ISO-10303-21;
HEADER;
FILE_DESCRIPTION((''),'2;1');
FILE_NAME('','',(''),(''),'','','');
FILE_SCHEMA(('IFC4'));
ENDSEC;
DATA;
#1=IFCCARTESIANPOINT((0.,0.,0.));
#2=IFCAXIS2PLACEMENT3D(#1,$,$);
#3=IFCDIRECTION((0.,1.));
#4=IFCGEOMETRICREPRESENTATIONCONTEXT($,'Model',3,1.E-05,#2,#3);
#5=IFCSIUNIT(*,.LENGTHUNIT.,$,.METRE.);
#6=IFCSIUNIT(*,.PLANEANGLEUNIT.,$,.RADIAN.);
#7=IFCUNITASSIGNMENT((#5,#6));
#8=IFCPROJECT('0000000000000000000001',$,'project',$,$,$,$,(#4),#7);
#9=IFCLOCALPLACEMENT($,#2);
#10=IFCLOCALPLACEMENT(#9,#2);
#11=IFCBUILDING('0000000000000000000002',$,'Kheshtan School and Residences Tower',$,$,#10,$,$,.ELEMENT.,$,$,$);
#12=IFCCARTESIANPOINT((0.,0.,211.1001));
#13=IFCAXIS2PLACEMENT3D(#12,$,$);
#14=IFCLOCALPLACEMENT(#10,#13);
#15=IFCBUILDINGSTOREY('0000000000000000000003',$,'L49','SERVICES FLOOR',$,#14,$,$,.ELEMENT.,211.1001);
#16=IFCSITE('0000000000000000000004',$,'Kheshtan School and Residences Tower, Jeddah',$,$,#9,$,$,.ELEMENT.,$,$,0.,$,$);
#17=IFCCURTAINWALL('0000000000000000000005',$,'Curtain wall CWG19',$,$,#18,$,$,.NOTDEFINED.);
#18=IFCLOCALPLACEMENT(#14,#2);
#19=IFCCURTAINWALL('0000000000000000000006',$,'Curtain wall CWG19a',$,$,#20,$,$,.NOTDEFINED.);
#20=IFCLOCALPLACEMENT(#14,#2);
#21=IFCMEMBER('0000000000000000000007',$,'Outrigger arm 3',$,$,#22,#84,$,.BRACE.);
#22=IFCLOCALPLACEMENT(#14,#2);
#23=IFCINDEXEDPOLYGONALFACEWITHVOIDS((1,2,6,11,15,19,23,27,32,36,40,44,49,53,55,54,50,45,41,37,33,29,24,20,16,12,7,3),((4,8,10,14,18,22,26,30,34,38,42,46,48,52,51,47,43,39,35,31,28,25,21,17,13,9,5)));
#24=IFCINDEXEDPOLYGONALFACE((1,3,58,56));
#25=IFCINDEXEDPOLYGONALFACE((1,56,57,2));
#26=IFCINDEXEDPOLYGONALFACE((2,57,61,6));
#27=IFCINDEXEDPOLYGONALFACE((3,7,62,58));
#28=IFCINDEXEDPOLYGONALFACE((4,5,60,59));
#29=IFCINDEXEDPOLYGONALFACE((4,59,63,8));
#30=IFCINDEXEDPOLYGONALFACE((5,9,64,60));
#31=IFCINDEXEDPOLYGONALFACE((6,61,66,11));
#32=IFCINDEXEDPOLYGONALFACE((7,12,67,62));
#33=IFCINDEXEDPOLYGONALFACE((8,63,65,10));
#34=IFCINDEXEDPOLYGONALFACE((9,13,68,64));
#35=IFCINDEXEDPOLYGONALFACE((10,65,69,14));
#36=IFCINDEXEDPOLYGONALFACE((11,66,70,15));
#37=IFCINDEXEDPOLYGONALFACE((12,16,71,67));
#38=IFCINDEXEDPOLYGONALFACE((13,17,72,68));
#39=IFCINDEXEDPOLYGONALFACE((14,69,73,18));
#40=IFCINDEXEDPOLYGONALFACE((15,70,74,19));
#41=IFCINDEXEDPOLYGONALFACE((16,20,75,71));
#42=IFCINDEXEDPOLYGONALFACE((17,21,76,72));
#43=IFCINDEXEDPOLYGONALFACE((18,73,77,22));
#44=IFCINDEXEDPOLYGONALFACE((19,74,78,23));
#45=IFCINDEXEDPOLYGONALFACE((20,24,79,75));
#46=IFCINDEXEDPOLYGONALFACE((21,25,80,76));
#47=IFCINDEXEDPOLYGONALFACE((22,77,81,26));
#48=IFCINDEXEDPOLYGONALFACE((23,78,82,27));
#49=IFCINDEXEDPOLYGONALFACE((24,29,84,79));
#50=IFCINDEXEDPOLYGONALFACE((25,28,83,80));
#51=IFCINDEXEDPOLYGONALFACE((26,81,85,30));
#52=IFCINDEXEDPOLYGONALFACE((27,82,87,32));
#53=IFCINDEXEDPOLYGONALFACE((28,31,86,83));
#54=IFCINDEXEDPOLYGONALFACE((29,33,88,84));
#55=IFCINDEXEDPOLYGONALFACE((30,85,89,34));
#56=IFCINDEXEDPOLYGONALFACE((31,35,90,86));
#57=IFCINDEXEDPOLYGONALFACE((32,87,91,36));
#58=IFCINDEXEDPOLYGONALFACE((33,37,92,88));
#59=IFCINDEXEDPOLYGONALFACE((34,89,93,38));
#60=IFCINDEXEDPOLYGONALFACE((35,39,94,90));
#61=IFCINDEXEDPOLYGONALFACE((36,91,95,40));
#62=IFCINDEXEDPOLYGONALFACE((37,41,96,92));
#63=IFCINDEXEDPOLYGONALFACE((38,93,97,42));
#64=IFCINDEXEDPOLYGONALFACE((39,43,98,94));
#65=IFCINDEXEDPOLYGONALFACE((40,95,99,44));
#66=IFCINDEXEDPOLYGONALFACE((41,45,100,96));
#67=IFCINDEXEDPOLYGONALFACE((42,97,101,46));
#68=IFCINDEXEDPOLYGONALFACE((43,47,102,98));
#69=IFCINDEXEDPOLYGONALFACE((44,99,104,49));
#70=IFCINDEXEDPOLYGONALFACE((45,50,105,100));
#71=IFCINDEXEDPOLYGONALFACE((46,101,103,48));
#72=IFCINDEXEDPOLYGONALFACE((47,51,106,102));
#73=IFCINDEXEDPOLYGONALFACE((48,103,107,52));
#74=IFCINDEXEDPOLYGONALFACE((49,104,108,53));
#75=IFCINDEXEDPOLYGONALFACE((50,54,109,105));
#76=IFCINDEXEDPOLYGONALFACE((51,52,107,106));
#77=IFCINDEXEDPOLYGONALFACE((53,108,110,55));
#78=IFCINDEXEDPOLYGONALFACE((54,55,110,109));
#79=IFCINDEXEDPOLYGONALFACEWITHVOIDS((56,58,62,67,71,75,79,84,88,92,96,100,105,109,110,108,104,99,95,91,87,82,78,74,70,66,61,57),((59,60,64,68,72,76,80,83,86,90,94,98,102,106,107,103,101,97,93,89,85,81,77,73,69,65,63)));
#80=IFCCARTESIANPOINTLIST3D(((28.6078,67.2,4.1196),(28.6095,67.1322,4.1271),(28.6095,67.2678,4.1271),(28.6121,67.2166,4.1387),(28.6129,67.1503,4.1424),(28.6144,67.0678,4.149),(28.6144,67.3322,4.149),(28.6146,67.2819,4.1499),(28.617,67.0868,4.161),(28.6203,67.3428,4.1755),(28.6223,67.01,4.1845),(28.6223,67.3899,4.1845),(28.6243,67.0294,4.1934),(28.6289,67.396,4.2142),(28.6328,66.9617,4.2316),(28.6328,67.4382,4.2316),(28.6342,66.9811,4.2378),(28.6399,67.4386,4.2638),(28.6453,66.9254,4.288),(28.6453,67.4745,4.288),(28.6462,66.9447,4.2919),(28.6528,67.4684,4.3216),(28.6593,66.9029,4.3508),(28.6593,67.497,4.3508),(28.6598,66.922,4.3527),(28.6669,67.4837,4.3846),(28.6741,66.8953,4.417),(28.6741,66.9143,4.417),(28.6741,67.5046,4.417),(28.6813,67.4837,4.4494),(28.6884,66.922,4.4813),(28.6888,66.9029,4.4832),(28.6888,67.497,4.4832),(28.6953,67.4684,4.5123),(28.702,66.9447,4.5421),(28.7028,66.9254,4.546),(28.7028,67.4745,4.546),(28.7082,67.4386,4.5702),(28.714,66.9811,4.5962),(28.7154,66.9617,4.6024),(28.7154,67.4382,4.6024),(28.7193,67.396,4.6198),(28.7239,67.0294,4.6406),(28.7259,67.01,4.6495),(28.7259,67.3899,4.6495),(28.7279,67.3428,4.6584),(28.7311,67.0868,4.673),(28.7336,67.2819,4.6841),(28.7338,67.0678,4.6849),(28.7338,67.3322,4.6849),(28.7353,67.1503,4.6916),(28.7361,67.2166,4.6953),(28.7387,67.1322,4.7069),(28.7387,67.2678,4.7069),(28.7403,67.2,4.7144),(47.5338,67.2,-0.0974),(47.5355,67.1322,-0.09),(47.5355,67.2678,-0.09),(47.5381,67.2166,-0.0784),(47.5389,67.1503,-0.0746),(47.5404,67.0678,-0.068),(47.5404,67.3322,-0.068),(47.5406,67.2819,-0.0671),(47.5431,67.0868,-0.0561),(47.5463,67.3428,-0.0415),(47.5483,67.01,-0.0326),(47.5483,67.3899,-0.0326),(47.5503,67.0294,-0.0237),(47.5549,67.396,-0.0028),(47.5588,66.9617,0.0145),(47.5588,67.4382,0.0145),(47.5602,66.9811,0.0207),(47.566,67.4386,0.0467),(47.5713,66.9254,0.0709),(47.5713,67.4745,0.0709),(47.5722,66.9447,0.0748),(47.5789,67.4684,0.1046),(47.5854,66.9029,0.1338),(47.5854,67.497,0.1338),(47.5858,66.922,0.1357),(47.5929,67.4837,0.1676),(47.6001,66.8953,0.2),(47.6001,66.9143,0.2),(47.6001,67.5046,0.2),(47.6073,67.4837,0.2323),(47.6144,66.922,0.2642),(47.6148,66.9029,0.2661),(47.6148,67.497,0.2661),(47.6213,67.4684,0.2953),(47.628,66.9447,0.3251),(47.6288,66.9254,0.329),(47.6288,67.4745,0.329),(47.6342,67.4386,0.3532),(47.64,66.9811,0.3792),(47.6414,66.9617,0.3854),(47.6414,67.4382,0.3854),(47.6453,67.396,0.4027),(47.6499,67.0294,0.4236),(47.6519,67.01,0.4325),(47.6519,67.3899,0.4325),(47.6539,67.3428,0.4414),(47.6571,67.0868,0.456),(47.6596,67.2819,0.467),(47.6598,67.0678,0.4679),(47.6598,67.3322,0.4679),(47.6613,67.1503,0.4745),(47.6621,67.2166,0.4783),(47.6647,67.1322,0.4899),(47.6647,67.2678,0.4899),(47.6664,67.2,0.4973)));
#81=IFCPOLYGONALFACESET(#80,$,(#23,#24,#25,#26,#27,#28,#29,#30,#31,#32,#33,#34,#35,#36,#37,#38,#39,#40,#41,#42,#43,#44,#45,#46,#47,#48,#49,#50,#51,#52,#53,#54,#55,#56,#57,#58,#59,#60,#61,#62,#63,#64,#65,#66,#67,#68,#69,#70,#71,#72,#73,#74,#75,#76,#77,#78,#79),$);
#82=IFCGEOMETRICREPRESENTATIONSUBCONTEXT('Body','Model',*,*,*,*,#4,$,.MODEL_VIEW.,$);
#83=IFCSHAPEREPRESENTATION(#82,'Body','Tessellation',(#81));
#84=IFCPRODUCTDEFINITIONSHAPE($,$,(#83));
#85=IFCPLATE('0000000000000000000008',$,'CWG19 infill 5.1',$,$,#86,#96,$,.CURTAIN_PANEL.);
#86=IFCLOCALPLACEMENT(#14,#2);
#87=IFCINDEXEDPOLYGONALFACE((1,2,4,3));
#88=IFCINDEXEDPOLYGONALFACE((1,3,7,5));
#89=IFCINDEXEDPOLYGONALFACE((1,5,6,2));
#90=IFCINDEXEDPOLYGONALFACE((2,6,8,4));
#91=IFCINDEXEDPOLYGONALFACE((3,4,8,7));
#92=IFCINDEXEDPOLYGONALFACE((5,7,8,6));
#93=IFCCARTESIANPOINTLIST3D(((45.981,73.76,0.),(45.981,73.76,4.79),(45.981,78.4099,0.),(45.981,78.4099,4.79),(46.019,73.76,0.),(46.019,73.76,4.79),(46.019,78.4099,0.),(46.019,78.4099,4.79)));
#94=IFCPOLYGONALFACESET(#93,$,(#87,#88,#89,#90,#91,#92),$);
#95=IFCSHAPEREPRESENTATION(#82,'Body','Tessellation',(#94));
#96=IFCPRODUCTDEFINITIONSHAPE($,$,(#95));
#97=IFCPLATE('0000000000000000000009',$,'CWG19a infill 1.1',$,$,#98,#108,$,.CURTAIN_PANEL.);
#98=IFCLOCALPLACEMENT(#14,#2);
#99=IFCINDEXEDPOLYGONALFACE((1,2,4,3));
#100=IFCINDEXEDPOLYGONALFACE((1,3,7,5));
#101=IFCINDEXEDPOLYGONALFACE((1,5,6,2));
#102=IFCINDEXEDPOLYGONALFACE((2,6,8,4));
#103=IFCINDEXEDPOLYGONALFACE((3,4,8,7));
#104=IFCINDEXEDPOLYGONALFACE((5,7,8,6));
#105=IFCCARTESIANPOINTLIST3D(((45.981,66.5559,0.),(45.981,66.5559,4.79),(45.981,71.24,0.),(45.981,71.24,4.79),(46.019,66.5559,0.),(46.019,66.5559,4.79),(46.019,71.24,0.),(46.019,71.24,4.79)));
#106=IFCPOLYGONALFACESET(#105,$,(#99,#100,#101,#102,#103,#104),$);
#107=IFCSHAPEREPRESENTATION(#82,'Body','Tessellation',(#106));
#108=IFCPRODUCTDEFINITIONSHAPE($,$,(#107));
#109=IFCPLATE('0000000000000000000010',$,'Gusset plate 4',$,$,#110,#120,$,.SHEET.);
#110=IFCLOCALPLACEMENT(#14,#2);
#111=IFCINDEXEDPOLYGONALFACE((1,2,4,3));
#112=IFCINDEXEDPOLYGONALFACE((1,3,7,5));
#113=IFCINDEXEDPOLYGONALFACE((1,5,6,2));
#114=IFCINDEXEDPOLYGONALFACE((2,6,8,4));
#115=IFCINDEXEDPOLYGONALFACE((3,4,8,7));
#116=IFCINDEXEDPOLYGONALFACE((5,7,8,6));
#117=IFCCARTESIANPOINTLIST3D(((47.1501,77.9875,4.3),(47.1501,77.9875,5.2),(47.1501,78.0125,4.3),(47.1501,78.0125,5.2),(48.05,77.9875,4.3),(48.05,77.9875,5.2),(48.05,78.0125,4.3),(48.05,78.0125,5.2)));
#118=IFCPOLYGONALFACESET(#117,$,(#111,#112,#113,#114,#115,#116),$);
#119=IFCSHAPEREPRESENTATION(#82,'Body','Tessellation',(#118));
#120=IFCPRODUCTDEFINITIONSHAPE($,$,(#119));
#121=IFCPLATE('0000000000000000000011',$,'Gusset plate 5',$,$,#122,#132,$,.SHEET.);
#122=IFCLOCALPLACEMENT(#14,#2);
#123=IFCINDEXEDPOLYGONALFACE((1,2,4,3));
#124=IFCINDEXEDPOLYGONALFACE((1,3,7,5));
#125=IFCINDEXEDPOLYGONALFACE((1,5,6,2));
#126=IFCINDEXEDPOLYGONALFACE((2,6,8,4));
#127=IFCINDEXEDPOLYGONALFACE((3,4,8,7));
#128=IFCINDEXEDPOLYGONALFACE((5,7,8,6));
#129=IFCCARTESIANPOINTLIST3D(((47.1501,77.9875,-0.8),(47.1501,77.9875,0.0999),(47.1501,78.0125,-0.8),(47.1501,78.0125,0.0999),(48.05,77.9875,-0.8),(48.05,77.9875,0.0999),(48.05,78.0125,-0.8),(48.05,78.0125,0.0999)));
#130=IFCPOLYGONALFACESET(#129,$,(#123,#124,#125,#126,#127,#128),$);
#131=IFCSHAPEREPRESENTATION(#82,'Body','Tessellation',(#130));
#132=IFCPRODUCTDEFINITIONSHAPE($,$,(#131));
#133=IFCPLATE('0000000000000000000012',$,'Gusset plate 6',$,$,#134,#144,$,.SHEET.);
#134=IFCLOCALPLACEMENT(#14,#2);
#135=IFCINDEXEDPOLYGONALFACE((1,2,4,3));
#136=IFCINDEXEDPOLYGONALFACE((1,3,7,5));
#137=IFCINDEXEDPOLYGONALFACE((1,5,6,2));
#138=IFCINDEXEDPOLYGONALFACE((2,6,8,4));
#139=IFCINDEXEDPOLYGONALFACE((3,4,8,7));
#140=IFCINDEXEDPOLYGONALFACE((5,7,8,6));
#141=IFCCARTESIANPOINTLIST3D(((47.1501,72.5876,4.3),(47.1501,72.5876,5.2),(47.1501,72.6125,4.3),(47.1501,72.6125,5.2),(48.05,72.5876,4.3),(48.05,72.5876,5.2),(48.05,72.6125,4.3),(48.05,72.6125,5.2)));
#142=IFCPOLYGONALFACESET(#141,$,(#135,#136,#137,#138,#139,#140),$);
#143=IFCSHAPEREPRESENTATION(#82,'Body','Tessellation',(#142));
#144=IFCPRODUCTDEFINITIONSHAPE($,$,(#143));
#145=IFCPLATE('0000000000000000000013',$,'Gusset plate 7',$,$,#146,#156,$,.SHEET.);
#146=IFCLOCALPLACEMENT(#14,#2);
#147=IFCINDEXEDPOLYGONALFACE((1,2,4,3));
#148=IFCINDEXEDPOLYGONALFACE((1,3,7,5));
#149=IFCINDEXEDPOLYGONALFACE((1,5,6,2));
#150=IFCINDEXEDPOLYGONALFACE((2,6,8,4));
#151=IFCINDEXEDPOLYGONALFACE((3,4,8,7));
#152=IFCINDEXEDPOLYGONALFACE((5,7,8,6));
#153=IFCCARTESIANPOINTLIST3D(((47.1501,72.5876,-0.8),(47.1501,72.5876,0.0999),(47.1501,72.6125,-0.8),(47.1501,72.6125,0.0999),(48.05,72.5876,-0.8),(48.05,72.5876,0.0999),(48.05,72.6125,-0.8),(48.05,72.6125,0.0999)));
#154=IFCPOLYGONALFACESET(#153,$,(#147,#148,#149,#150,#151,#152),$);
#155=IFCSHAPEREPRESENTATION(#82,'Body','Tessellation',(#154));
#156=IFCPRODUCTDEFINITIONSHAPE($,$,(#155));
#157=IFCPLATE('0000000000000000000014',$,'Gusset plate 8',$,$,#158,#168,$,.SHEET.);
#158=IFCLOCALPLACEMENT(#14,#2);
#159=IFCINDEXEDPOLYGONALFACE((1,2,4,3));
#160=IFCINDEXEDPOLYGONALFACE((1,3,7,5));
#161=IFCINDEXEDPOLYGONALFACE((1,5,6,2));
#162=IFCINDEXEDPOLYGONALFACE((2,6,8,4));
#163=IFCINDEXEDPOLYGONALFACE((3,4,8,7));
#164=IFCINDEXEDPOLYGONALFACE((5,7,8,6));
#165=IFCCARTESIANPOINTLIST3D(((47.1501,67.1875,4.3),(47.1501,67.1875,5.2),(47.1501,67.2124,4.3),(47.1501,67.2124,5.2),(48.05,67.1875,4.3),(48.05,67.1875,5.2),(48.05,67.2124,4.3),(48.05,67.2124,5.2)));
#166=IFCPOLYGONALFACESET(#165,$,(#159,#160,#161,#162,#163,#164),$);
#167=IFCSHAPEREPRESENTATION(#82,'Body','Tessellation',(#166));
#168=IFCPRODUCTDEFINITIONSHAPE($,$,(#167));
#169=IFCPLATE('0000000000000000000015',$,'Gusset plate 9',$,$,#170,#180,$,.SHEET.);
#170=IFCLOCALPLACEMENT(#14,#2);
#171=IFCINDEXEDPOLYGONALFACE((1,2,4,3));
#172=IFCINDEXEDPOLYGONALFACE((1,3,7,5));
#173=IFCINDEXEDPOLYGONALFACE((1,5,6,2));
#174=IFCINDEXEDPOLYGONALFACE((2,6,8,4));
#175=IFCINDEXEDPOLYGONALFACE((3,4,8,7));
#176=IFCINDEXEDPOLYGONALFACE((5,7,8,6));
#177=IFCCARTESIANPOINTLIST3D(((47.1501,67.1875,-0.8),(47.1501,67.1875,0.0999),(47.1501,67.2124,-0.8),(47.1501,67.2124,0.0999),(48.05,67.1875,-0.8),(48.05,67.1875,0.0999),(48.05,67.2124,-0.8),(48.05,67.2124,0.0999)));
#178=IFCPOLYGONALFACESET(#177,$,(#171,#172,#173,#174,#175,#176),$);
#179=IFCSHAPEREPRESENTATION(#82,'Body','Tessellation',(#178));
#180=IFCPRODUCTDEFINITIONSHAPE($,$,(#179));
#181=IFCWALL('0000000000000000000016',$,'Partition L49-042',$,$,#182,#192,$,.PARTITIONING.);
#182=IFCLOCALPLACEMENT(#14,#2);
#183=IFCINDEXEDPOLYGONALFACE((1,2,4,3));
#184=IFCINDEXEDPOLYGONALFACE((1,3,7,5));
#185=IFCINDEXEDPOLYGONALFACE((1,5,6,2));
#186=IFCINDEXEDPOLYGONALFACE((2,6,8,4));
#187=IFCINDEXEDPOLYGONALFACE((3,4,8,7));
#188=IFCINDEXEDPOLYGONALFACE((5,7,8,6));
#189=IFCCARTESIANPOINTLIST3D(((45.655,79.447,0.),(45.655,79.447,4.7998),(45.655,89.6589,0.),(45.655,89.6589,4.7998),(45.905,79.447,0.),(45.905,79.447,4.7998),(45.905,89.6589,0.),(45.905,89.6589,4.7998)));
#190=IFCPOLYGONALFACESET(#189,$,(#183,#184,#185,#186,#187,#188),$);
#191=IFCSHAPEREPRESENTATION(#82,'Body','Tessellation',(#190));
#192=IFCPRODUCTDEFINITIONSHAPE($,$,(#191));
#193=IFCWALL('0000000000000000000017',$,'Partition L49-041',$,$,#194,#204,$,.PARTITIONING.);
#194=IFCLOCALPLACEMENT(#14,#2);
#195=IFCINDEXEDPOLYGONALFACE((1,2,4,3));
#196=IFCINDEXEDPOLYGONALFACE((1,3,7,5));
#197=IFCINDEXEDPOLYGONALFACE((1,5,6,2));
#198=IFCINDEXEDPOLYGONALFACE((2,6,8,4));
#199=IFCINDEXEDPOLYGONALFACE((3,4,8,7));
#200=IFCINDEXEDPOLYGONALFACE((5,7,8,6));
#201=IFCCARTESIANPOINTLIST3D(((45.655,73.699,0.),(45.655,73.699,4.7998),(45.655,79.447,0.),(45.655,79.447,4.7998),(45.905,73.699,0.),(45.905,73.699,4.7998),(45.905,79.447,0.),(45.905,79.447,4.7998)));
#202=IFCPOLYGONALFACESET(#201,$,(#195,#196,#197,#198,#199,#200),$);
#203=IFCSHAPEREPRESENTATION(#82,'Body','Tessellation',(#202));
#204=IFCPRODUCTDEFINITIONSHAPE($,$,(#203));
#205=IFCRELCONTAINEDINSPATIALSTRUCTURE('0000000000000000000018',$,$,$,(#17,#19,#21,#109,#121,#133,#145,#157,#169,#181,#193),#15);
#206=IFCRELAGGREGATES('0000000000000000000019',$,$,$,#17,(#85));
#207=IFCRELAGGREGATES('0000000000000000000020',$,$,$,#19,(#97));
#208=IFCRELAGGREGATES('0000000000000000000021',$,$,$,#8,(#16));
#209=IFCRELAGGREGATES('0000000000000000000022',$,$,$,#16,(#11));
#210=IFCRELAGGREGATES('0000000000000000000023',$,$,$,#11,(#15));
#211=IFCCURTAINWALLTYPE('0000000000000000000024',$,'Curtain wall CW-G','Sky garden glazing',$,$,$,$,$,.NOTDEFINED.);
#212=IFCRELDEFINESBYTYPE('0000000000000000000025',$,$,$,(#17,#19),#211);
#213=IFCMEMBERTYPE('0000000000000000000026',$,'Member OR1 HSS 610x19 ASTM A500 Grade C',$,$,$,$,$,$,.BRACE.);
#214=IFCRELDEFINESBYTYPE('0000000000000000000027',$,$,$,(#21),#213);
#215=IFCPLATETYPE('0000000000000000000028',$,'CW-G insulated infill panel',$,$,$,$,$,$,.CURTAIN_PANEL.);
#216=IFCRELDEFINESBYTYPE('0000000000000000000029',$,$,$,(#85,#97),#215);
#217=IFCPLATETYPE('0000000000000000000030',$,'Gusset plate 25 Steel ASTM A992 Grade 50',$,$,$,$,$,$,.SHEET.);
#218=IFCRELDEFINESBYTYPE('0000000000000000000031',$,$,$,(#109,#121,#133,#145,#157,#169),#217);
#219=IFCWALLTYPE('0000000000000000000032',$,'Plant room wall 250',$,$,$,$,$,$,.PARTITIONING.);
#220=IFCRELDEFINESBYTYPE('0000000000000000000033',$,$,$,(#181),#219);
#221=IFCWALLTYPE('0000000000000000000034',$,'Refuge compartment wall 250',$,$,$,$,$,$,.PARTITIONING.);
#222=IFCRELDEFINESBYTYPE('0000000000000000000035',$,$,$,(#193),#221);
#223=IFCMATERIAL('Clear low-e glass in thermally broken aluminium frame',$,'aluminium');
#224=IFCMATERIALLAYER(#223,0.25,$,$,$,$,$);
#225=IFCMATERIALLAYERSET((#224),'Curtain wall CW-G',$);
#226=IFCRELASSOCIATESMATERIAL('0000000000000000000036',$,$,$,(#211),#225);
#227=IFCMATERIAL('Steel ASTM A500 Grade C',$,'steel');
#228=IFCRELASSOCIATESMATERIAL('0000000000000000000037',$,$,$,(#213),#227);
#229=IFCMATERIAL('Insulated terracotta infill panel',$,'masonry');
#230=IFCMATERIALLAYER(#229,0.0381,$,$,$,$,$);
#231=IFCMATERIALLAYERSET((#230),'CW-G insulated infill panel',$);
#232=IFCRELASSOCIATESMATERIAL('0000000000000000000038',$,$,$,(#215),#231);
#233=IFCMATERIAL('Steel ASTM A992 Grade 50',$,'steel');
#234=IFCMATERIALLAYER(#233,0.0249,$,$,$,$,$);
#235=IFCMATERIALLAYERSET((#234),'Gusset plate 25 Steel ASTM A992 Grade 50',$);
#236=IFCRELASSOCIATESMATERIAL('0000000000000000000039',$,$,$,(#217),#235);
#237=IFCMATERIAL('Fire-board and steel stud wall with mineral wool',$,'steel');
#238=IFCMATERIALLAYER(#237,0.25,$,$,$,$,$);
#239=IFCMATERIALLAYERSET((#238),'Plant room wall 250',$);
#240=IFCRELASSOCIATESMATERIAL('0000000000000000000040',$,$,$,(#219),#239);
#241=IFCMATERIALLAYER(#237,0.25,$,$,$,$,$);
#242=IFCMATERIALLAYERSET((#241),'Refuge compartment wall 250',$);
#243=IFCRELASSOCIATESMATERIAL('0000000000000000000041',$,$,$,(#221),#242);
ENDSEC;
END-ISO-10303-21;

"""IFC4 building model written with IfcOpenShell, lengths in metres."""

from ifc_helpers import new_model, si_unit, direction, frame, frame_2d, origin, origin_2d, place, context, subcontext, project, spatial, rectangle, hollow_circle, extrude, material, layer, layer_set, material_profile, profile_set, type_object, element, aggregate, save


model = new_model("IFC4")

# Units and contexts
model_context = context("Model", 3, precision=1e-05, world=origin(), true_north=direction((0.0, 1.0)))
body_context = subcontext(model_context, "Body", "Model", "MODEL_VIEW")
ifc_project = project(units=[si_unit("LENGTHUNIT", "METRE"), si_unit("PLANEANGLEUNIT", "RADIAN")], contexts=[model_context])

# Site, building, storey
site_placement = place(None, origin())
site = spatial("IfcSite", under=ifc_project, at=site_placement, Name="Kheshtan School and Residences Tower, Jeddah", CompositionType="ELEMENT", RefElevation=0.0)
building_placement = place(site_placement, origin())
building = spatial("IfcBuilding", under=site, at=building_placement, Name="Kheshtan School and Residences Tower", CompositionType="ELEMENT")
storey_placement = place(building_placement, frame((0.0, 0.0, 211.1001)))
storey = spatial("IfcBuildingStorey", under=building, at=storey_placement, Name="L49", Description="SERVICES FLOOR", CompositionType="ELEMENT", Elevation=211.1001)

# Shared definitions
ifc_material_1 = material(Name="Steel ASTM A992 Grade 50", Category="steel")

# Curtain walls
ifc_material_2 = material(Name="Clear low-e glass in thermally broken aluminium frame", Category="aluminium")
ifc_layer_1 = layer(ifc_material_2, 0.25)
ifc_layer_set_1 = layer_set([ifc_layer_1], Name="Curtain wall CW-G")
curtain_wall_type = type_object("IfcCurtainWallType", Name="Curtain wall CW-G", Description="Sky garden glazing", PredefinedType="NOTDEFINED", material=ifc_layer_set_1)
curtain_wall_1_placement = place(storey_placement, origin())
curtain_wall_1 = element("IfcCurtainWall", 1, at=curtain_wall_1_placement, inside=storey, type_object=curtain_wall_type, Name="Curtain wall CWG19", PredefinedType="NOTDEFINED")
curtain_wall_2_placement = place(storey_placement, origin())
curtain_wall_2 = element("IfcCurtainWall", 2, at=curtain_wall_2_placement, inside=storey, type_object=curtain_wall_type, Name="Curtain wall CWG19a", PredefinedType="NOTDEFINED")

# Member
ifc_material_3 = material(Name="Steel ASTM A500 Grade C", Category="steel")
ifc_material_profile_1 = material_profile(ifc_material_3, hollow_circle(Radius=0.3047, WallThickness=0.019, at=origin_2d()), Name="HSS 610x19")
ifc_profile_set_1 = profile_set([ifc_material_profile_1], Name="Steel ASTM A500 Grade C")
member_type_1 = type_object("IfcMemberType", Name="Member OR1 HSS 610x19 ASTM A500 Grade C", PredefinedType="BRACE", material=ifc_profile_set_1)
member_1_placement = place(storey_placement, frame((47.6001, 67.2, 0.2), z_axis=(-0.976064, 0.0, 0.217484), x_axis=(0.0, -1.0, 0.0)))
element("IfcMember", 3, at=member_1_placement, inside=storey, type_object=member_type_1, Name="Outrigger arm 3", PredefinedType="BRACE", context=body_context, shape_type="SweptSolid", body=[
    extrude(hollow_circle(Radius=0.3047, WallThickness=0.019, at=origin_2d()), origin(), (0.0, 0.0, 1.0), 19.3901),
])

# Plates
ifc_material_4 = material(Name="Insulated terracotta infill panel", Category="masonry")
ifc_layer_2 = layer(ifc_material_4, 0.0381)
ifc_layer_set_2 = layer_set([ifc_layer_2], Name="CW-G insulated infill panel")
plate_type_1 = type_object("IfcPlateType", Name="CW-G insulated infill panel", PredefinedType="CURTAIN_PANEL", material=ifc_layer_set_2)
plate_1_placement = place(storey_placement, frame((46.0, 76.085, 0.0), z_axis=(0.0, 0.0, 1.0), x_axis=(0.0, -1.0, 0.0)))
plate_1 = element("IfcPlate", 4, at=plate_1_placement, type_object=plate_type_1, Name="CWG19 infill 5.1", PredefinedType="CURTAIN_PANEL", context=body_context, shape_type="SweptSolid", body=[
    extrude(rectangle(XDim=4.6499, YDim=0.0381, at=origin_2d()), origin(), (0.0, 0.0, 1.0), 4.79),
])
aggregate(curtain_wall_1, [plate_1])
plate_2_placement = place(storey_placement, frame((46.0, 68.8979, 0.0), z_axis=(0.0, 0.0, 1.0), x_axis=(0.0, -1.0, 0.0)))
plate_2 = element("IfcPlate", 5, at=plate_2_placement, type_object=plate_type_1, Name="CWG19a infill 1.1", PredefinedType="CURTAIN_PANEL", context=body_context, shape_type="SweptSolid", body=[
    extrude(rectangle(XDim=4.6841, YDim=0.0381, at=origin_2d()), origin(), (0.0, 0.0, 1.0), 4.79),
])
aggregate(curtain_wall_2, [plate_2])

# Plates
ifc_layer_3 = layer(ifc_material_1, 0.0249)
ifc_layer_set_3 = layer_set([ifc_layer_3], Name="Gusset plate 25 Steel ASTM A992 Grade 50")
plate_type_2 = type_object("IfcPlateType", Name="Gusset plate 25 Steel ASTM A992 Grade 50", PredefinedType="SHEET", material=ifc_layer_set_3)
for number, where, z_axis, x_axis, name in (
    (6, (47.6001, 78.0, 4.3), (0.0, 0.0, 1.0), (1.0, 0.0, 0.0), "Gusset plate 4"),
    (7, (47.6001, 78.0, -0.8), (0.0, 0.0, 1.0), (1.0, 0.0, 0.0), "Gusset plate 5"),
    (8, (47.6001, 72.6001, 4.3), (0.0, 0.0, 1.0), (1.0, 0.0, 0.0), "Gusset plate 6"),
    (9, (47.6001, 72.6001, -0.8), (0.0, 0.0, 1.0), (1.0, 0.0, 0.0), "Gusset plate 7"),
    (10, (47.6001, 67.2, 4.3), (0.0, 0.0, 1.0), (1.0, 0.0, 0.0), "Gusset plate 8"),
    (11, (47.6001, 67.2, -0.8), (0.0, 0.0, 1.0), (1.0, 0.0, 0.0), "Gusset plate 9"),
):
    element("IfcPlate", number, at=place(storey_placement, frame(where, z_axis=z_axis, x_axis=x_axis)), inside=storey, type_object=plate_type_2, Name=name, PredefinedType="SHEET", context=body_context, shape_type="SweptSolid", body=[
        extrude(rectangle(XDim=0.8999, YDim=0.0249, at=origin_2d()), origin(), (0.0, 0.0, 1.0), 0.8999),
    ])

# Walls
ifc_material_5 = material(Name="Fire-board and steel stud wall with mineral wool", Category="steel")
ifc_layer_4 = layer(ifc_material_5, 0.25)
ifc_layer_set_4 = layer_set([ifc_layer_4], Name="Plant room wall 250")
wall_type_1 = type_object("IfcWallType", Name="Plant room wall 250", PredefinedType="PARTITIONING", material=ifc_layer_set_4)
wall_1_placement = place(storey_placement, frame((45.78, 79.447, 0.0), z_axis=(0.0, 0.0, 1.0), x_axis=(0.0, 1.0, 0.0)))
element("IfcWall", 12, at=wall_1_placement, inside=storey, type_object=wall_type_1, Name="Partition L49-042", PredefinedType="PARTITIONING", context=body_context, shape_type="SweptSolid", body=[
    extrude(rectangle(XDim=10.2119, YDim=0.25, at=frame_2d((5.106, 0.0))), origin(), (0.0, 0.0, 1.0), 4.7998),
])
ifc_layer_5 = layer(ifc_material_5, 0.25)
ifc_layer_set_5 = layer_set([ifc_layer_5], Name="Refuge compartment wall 250")
wall_type_2 = type_object("IfcWallType", Name="Refuge compartment wall 250", PredefinedType="PARTITIONING", material=ifc_layer_set_5)
wall_2_placement = place(storey_placement, frame((45.78, 73.699, 0.0), z_axis=(0.0, 0.0, 1.0), x_axis=(0.0, 1.0, 0.0)))
element("IfcWall", 13, at=wall_2_placement, inside=storey, type_object=wall_type_2, Name="Partition L49-041", PredefinedType="PARTITIONING", context=body_context, shape_type="SweptSolid", body=[
    extrude(rectangle(XDim=5.748, YDim=0.25, at=frame_2d((2.874, 0.0))), origin(), (0.0, 0.0, 1.0), 4.7998),
])

save(model, "model.ifc")
